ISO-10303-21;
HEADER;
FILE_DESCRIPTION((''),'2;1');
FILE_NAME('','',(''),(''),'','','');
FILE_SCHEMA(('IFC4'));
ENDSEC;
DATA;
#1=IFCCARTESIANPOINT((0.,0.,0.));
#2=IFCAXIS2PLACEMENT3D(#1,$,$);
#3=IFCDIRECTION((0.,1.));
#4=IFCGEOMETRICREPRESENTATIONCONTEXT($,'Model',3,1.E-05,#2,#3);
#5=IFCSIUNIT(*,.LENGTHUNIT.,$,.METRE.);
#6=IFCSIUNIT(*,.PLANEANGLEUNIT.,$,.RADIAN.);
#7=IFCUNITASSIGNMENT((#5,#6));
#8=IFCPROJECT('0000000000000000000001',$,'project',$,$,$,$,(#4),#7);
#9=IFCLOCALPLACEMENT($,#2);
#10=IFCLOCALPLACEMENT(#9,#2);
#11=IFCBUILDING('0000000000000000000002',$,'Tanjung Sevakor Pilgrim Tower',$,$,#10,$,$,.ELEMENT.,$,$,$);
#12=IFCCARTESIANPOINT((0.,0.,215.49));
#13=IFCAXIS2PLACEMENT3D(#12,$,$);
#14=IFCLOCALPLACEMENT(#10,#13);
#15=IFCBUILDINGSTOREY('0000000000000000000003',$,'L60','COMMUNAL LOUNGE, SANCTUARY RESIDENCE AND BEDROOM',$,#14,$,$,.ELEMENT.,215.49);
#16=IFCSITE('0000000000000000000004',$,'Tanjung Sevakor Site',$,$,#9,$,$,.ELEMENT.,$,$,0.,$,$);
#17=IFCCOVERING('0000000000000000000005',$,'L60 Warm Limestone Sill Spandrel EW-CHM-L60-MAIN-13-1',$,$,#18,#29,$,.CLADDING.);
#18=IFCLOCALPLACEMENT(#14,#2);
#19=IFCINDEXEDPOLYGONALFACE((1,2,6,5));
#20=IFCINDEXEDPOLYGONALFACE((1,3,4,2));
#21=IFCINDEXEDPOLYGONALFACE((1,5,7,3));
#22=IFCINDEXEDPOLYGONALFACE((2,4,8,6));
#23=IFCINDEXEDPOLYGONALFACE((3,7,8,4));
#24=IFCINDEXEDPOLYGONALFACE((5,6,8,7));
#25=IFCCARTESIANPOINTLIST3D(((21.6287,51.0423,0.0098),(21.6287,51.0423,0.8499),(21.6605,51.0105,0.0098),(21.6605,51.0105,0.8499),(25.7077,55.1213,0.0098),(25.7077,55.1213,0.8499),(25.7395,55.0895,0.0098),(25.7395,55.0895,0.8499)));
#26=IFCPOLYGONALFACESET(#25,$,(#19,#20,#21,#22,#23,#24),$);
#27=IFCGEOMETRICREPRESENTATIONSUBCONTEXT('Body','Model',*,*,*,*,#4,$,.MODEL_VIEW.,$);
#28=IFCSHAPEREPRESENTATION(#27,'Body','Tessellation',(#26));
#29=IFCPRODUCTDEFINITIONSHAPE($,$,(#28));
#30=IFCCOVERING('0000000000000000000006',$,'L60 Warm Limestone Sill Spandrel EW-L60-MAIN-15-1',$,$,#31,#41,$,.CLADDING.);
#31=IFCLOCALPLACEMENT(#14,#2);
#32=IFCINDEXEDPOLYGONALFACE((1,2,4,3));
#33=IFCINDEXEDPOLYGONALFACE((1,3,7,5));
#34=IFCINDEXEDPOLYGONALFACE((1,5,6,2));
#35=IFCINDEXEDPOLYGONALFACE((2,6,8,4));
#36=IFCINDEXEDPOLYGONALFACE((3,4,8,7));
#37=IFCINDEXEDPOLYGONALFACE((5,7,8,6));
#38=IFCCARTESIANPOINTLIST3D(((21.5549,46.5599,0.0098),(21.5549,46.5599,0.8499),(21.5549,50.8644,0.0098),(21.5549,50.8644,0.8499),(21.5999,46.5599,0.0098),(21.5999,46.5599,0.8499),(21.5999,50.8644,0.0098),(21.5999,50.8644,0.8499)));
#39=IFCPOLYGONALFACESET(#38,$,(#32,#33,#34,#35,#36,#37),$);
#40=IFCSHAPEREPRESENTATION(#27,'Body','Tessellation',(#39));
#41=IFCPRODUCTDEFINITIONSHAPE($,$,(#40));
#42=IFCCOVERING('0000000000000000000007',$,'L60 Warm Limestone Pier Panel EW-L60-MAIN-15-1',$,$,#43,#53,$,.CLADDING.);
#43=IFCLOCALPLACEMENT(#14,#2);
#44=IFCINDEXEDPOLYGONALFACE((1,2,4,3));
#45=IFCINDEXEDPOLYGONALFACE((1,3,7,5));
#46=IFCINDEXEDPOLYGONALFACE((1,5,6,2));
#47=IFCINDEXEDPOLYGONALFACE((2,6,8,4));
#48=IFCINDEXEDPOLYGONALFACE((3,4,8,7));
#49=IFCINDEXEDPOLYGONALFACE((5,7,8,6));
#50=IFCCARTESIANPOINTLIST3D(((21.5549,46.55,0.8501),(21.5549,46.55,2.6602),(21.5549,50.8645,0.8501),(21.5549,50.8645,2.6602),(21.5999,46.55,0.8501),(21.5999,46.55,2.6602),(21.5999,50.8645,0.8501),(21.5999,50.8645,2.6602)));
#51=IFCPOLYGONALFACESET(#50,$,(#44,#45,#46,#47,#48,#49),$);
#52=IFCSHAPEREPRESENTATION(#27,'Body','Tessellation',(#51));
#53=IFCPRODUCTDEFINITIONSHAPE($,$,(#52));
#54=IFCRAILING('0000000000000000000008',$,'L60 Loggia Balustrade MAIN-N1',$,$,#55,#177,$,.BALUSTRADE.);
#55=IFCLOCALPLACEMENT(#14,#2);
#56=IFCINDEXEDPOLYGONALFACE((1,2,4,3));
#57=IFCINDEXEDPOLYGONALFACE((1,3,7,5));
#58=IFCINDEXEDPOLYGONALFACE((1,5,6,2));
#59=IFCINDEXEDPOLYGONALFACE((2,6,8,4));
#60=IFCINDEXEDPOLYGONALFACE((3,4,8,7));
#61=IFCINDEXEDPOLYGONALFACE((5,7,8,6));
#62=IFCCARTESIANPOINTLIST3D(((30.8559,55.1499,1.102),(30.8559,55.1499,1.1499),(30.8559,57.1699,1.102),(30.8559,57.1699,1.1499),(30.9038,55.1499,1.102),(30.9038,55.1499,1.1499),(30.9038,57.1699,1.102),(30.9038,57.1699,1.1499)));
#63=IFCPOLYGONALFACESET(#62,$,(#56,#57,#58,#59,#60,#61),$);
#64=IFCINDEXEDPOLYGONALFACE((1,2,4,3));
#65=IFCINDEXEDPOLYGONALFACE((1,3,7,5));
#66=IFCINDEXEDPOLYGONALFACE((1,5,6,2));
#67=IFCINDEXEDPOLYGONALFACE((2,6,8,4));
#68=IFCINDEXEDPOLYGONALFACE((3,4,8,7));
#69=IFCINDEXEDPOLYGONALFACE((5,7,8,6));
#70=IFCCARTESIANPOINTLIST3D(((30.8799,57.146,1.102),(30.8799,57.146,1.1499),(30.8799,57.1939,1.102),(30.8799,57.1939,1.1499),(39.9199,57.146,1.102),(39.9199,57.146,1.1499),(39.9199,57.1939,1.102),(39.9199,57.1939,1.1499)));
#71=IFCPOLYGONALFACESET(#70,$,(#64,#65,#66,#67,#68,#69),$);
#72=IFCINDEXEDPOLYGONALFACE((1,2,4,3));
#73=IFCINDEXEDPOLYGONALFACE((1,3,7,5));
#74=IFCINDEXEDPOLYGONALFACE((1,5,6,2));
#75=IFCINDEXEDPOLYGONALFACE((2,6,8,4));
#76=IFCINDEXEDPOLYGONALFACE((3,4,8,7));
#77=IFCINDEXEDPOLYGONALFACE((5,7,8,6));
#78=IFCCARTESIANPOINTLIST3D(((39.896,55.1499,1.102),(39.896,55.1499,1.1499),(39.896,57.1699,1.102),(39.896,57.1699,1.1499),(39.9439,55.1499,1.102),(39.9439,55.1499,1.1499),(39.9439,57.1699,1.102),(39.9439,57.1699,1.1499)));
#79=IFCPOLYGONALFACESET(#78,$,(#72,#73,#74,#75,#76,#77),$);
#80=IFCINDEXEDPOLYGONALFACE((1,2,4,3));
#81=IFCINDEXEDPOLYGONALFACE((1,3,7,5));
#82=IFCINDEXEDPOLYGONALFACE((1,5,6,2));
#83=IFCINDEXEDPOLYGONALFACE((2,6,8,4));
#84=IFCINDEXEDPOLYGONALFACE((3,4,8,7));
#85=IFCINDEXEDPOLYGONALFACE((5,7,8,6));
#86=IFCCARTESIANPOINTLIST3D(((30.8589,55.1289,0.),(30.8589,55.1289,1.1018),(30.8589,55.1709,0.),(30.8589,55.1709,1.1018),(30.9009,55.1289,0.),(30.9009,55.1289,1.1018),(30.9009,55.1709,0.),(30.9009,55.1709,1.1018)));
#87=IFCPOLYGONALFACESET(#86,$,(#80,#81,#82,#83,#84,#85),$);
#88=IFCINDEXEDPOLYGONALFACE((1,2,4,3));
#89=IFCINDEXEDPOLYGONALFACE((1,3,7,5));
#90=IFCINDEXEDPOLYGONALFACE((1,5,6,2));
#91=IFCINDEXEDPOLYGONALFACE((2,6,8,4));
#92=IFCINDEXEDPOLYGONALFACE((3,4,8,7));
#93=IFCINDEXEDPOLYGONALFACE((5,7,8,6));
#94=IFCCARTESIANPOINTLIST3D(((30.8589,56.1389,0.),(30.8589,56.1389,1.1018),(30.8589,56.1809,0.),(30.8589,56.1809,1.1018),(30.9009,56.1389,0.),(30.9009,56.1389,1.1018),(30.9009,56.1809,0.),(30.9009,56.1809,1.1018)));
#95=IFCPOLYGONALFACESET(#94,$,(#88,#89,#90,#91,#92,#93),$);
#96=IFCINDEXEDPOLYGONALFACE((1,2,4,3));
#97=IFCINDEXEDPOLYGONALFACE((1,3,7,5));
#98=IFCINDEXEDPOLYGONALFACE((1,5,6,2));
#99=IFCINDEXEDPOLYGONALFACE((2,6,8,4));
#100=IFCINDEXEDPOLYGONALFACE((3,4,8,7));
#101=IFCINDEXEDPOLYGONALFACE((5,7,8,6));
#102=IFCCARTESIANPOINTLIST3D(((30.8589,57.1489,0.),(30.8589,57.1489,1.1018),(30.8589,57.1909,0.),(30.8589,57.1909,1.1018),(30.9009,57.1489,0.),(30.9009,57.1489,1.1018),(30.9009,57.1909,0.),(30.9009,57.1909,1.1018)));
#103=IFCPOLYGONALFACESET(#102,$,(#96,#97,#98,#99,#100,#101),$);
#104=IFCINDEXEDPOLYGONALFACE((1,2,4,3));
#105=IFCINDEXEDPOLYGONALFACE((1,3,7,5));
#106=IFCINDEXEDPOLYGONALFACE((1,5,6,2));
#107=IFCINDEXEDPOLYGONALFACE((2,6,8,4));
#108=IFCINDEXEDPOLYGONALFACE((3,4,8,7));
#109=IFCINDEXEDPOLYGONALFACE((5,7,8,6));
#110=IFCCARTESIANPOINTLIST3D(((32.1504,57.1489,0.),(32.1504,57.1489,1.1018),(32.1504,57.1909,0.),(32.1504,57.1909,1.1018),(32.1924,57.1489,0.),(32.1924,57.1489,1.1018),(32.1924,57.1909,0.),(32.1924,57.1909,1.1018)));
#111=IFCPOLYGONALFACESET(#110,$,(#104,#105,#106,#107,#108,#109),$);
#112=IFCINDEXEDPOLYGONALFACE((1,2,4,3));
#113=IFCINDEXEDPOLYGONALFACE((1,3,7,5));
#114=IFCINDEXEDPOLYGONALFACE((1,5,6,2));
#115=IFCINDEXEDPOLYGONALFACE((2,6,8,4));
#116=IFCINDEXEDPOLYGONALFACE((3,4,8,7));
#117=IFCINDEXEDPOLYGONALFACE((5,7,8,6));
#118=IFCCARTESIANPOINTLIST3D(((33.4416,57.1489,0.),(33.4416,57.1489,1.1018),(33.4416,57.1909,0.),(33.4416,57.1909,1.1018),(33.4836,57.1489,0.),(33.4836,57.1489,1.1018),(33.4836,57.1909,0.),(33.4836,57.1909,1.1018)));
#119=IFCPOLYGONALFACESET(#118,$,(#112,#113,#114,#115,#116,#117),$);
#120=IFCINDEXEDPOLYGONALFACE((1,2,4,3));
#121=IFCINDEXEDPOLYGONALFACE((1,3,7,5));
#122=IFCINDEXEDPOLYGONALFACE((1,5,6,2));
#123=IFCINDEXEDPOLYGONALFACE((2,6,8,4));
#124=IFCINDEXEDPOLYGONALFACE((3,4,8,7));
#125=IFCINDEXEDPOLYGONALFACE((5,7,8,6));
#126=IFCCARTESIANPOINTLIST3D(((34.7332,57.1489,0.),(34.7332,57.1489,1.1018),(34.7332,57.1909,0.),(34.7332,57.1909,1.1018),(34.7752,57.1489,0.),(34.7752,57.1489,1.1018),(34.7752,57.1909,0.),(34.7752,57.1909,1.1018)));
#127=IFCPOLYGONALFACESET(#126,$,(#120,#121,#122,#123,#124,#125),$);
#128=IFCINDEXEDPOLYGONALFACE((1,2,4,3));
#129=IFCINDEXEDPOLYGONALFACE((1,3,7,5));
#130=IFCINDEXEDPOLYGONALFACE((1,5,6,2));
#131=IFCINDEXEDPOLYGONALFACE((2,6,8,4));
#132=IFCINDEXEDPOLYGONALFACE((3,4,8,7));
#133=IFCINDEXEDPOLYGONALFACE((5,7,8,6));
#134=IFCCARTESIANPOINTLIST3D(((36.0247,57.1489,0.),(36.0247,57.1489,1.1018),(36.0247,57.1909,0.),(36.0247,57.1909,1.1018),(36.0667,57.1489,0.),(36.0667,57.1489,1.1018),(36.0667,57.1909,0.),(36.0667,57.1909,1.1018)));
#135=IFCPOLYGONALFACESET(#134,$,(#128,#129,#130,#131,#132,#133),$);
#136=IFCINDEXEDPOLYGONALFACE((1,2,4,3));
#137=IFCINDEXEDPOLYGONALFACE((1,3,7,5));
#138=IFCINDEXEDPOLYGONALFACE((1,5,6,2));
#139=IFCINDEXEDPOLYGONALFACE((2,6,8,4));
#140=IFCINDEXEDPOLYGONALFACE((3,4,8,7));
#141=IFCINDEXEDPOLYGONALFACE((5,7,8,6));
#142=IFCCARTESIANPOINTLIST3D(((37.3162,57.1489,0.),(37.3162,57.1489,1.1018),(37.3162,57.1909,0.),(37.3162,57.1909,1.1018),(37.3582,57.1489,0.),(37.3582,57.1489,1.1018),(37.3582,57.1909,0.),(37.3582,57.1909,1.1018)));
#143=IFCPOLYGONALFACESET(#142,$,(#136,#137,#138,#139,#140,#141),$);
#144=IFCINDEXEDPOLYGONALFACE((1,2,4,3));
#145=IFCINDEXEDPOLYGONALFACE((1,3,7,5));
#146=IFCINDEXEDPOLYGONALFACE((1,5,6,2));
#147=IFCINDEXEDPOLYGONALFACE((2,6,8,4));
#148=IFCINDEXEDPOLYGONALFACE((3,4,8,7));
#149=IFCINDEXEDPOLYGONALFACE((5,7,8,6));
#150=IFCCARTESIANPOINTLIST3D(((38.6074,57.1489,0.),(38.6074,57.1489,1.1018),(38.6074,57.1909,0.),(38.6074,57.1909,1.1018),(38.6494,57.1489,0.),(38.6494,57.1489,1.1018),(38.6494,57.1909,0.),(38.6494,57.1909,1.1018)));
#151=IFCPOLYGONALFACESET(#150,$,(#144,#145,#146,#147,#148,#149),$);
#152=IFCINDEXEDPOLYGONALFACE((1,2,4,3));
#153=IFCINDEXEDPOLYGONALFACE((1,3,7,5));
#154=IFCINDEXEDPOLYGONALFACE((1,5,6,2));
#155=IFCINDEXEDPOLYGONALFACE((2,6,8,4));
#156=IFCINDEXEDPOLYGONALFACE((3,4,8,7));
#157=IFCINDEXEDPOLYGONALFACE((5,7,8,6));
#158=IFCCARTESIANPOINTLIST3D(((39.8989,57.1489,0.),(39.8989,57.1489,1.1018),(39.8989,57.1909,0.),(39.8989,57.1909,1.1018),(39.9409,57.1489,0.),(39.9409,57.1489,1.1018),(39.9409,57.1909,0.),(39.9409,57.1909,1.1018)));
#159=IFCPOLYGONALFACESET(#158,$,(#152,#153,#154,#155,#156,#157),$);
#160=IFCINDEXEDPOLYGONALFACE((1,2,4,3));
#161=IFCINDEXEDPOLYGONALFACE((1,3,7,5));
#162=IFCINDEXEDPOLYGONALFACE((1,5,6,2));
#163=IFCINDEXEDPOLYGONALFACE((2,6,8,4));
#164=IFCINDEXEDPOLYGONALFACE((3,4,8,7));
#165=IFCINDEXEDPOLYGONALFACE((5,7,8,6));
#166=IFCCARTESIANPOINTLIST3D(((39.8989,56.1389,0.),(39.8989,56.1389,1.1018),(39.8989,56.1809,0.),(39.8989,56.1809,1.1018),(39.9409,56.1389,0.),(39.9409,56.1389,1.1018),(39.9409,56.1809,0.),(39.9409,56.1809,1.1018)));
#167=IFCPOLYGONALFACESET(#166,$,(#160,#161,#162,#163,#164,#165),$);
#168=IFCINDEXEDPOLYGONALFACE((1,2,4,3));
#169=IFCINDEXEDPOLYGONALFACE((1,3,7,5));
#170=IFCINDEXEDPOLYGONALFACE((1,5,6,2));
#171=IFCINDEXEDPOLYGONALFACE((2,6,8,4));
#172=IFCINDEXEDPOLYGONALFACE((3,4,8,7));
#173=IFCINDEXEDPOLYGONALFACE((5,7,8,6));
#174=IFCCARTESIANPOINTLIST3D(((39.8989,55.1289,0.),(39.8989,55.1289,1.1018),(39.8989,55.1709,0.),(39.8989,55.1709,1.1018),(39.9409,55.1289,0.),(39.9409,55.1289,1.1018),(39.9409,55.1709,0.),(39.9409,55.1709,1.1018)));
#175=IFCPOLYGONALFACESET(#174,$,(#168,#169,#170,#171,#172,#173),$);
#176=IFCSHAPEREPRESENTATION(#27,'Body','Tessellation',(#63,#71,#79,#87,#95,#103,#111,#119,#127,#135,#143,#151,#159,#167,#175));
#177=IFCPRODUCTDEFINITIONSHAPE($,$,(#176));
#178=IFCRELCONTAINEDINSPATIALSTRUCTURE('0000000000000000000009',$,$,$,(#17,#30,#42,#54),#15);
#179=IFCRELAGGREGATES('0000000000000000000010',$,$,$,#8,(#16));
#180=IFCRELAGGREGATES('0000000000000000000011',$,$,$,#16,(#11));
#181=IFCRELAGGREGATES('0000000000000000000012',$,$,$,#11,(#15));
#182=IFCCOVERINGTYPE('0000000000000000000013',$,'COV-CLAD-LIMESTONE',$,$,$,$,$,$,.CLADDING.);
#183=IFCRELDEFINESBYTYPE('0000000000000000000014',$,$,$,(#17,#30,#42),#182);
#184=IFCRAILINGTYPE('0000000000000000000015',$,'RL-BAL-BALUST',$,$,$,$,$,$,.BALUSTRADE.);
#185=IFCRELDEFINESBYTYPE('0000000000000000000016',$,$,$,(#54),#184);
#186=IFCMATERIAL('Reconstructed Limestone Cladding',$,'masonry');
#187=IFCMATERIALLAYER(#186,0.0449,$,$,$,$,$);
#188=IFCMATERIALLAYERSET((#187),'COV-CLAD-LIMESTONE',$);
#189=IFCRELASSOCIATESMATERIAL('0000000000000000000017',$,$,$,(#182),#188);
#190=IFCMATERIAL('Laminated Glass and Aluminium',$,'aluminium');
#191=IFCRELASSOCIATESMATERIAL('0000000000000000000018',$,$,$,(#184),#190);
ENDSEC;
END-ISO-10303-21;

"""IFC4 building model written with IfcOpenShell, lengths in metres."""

from ifc_helpers import new_model, si_unit, direction, frame, origin, origin_2d, place, context, subcontext, project, spatial, rectangle, extrude, material, layer, layer_set, type_object, element, save


model = new_model("IFC4")

# Units and contexts
model_context = context("Model", 3, precision=1e-05, world=origin(), true_north=direction((0.0, 1.0)))
body_context = subcontext(model_context, "Body", "Model", "MODEL_VIEW")
ifc_project = project(units=[si_unit("LENGTHUNIT", "METRE"), si_unit("PLANEANGLEUNIT", "RADIAN")], contexts=[model_context])

# Site, building, storey
site_placement = place(None, origin())
site = spatial("IfcSite", under=ifc_project, at=site_placement, Name="Tanjung Sevakor Site", CompositionType="ELEMENT", RefElevation=0.0)
building_placement = place(site_placement, origin())
building = spatial("IfcBuilding", under=site, at=building_placement, Name="Tanjung Sevakor Pilgrim Tower", CompositionType="ELEMENT")
storey_placement = place(building_placement, frame((0.0, 0.0, 215.49)))
storey = spatial("IfcBuildingStorey", under=building, at=storey_placement, Name="L60", Description="COMMUNAL LOUNGE, SANCTUARY RESIDENCE AND BEDROOM", CompositionType="ELEMENT", Elevation=215.49)

# Coverings
ifc_material_1 = material(Name="Reconstructed Limestone Cladding", Category="masonry")
ifc_layer_1 = layer(ifc_material_1, 0.0449)
ifc_layer_set_1 = layer_set([ifc_layer_1], Name="COV-CLAD-LIMESTONE")
covering_type = type_object("IfcCoveringType", Name="COV-CLAD-LIMESTONE", PredefinedType="CLADDING", material=ifc_layer_set_1)
covering_1_placement = place(storey_placement, frame((23.6841, 53.0659, 0.0098), z_axis=(0.0, 0.0, 1.0), x_axis=(-0.707107, -0.707107, 0.0)))
element("IfcCovering", 1, at=covering_1_placement, inside=storey, type_object=covering_type, Name="L60 Warm Limestone Sill Spandrel EW-CHM-L60-MAIN-13-1", PredefinedType="CLADDING", context=body_context, shape_type="SweptSolid", body=[
    extrude(rectangle(XDim=5.7686, YDim=0.0449, at=origin_2d()), origin(), (0.0, 0.0, 1.0), 0.8401),
])
covering_2_placement = place(storey_placement, frame((21.5774, 48.7122, 0.0098), z_axis=(0.0, 0.0, 1.0), x_axis=(0.0, -1.0, 0.0)))
element("IfcCovering", 2, at=covering_2_placement, inside=storey, type_object=covering_type, Name="L60 Warm Limestone Sill Spandrel EW-L60-MAIN-15-1", PredefinedType="CLADDING", context=body_context, shape_type="SweptSolid", body=[
    extrude(rectangle(XDim=4.3044, YDim=0.0449, at=origin_2d()), origin(), (0.0, 0.0, 1.0), 0.8401),
])
covering_3_placement = place(storey_placement, frame((21.5774, 48.7073, 0.8501), z_axis=(0.0, 0.0, 1.0), x_axis=(0.0, -1.0, 0.0)))
element("IfcCovering", 3, at=covering_3_placement, inside=storey, type_object=covering_type, Name="L60 Warm Limestone Pier Panel EW-L60-MAIN-15-1", PredefinedType="CLADDING", context=body_context, shape_type="SweptSolid", body=[
    extrude(rectangle(XDim=4.3145, YDim=0.0449, at=origin_2d()), origin(), (0.0, 0.0, 1.0), 1.8101),
])

# Railing
ifc_material_2 = material(Name="Laminated Glass and Aluminium", Category="aluminium")
railing_type_1 = type_object("IfcRailingType", Name="RL-BAL-BALUST", PredefinedType="BALUSTRADE", material=ifc_material_2)
railing_1_placement = place(storey_placement, frame((30.8799, 55.1499, 0.0)))
element("IfcRailing", 4, at=railing_1_placement, inside=storey, type_object=railing_type_1, Name="L60 Loggia Balustrade MAIN-N1", PredefinedType="BALUSTRADE", context=body_context, shape_type="SweptSolid", body=[
    extrude(rectangle(XDim=0.0479, YDim=0.0479), frame((0.0, 0.0, 1.126), z_axis=(0.0, 1.0, 0.0), x_axis=(-1.0, 0.0, 0.0)), (0.0, 0.0, 1.0), 2.02),
    extrude(rectangle(XDim=0.0479, YDim=0.0479), frame((0.0, 2.02, 1.126), z_axis=(1.0, 0.0, 0.0), x_axis=(0.0, 1.0, 0.0)), (0.0, 0.0, 1.0), 9.04),
    extrude(rectangle(XDim=0.0479, YDim=0.0479), frame((9.04, 2.02, 1.126), z_axis=(0.0, -1.0, 0.0), x_axis=(1.0, 0.0, 0.0)), (0.0, 0.0, 1.0), 2.02),
    extrude(rectangle(XDim=0.042, YDim=0.042), origin(), (0.0, 0.0, 1.0), 1.1018),
    extrude(rectangle(XDim=0.042, YDim=0.042), frame((0.0, 1.01, 0.0)), (0.0, 0.0, 1.0), 1.1018),
    extrude(rectangle(XDim=0.042, YDim=0.042), frame((0.0, 2.02, 0.0)), (0.0, 0.0, 1.0), 1.1018),
    extrude(rectangle(XDim=0.042, YDim=0.042), frame((1.2915, 2.02, 0.0)), (0.0, 0.0, 1.0), 1.1018),
    extrude(rectangle(XDim=0.042, YDim=0.042), frame((2.5828, 2.02, 0.0)), (0.0, 0.0, 1.0), 1.1018),
    extrude(rectangle(XDim=0.042, YDim=0.042), frame((3.8743, 2.02, 0.0)), (0.0, 0.0, 1.0), 1.1018),
    extrude(rectangle(XDim=0.042, YDim=0.042), frame((5.1658, 2.02, 0.0)), (0.0, 0.0, 1.0), 1.1018),
    extrude(rectangle(XDim=0.042, YDim=0.042), frame((6.4573, 2.02, 0.0)), (0.0, 0.0, 1.0), 1.1018),
    extrude(rectangle(XDim=0.042, YDim=0.042), frame((7.7485, 2.02, 0.0)), (0.0, 0.0, 1.0), 1.1018),
    extrude(rectangle(XDim=0.042, YDim=0.042), frame((9.04, 2.02, 0.0)), (0.0, 0.0, 1.0), 1.1018),
    extrude(rectangle(XDim=0.042, YDim=0.042), frame((9.04, 1.01, 0.0)), (0.0, 0.0, 1.0), 1.1018),
    extrude(rectangle(XDim=0.042, YDim=0.042), frame((9.04, 0.0, 0.0)), (0.0, 0.0, 1.0), 1.1018),
])

save(model, "model.ifc")
